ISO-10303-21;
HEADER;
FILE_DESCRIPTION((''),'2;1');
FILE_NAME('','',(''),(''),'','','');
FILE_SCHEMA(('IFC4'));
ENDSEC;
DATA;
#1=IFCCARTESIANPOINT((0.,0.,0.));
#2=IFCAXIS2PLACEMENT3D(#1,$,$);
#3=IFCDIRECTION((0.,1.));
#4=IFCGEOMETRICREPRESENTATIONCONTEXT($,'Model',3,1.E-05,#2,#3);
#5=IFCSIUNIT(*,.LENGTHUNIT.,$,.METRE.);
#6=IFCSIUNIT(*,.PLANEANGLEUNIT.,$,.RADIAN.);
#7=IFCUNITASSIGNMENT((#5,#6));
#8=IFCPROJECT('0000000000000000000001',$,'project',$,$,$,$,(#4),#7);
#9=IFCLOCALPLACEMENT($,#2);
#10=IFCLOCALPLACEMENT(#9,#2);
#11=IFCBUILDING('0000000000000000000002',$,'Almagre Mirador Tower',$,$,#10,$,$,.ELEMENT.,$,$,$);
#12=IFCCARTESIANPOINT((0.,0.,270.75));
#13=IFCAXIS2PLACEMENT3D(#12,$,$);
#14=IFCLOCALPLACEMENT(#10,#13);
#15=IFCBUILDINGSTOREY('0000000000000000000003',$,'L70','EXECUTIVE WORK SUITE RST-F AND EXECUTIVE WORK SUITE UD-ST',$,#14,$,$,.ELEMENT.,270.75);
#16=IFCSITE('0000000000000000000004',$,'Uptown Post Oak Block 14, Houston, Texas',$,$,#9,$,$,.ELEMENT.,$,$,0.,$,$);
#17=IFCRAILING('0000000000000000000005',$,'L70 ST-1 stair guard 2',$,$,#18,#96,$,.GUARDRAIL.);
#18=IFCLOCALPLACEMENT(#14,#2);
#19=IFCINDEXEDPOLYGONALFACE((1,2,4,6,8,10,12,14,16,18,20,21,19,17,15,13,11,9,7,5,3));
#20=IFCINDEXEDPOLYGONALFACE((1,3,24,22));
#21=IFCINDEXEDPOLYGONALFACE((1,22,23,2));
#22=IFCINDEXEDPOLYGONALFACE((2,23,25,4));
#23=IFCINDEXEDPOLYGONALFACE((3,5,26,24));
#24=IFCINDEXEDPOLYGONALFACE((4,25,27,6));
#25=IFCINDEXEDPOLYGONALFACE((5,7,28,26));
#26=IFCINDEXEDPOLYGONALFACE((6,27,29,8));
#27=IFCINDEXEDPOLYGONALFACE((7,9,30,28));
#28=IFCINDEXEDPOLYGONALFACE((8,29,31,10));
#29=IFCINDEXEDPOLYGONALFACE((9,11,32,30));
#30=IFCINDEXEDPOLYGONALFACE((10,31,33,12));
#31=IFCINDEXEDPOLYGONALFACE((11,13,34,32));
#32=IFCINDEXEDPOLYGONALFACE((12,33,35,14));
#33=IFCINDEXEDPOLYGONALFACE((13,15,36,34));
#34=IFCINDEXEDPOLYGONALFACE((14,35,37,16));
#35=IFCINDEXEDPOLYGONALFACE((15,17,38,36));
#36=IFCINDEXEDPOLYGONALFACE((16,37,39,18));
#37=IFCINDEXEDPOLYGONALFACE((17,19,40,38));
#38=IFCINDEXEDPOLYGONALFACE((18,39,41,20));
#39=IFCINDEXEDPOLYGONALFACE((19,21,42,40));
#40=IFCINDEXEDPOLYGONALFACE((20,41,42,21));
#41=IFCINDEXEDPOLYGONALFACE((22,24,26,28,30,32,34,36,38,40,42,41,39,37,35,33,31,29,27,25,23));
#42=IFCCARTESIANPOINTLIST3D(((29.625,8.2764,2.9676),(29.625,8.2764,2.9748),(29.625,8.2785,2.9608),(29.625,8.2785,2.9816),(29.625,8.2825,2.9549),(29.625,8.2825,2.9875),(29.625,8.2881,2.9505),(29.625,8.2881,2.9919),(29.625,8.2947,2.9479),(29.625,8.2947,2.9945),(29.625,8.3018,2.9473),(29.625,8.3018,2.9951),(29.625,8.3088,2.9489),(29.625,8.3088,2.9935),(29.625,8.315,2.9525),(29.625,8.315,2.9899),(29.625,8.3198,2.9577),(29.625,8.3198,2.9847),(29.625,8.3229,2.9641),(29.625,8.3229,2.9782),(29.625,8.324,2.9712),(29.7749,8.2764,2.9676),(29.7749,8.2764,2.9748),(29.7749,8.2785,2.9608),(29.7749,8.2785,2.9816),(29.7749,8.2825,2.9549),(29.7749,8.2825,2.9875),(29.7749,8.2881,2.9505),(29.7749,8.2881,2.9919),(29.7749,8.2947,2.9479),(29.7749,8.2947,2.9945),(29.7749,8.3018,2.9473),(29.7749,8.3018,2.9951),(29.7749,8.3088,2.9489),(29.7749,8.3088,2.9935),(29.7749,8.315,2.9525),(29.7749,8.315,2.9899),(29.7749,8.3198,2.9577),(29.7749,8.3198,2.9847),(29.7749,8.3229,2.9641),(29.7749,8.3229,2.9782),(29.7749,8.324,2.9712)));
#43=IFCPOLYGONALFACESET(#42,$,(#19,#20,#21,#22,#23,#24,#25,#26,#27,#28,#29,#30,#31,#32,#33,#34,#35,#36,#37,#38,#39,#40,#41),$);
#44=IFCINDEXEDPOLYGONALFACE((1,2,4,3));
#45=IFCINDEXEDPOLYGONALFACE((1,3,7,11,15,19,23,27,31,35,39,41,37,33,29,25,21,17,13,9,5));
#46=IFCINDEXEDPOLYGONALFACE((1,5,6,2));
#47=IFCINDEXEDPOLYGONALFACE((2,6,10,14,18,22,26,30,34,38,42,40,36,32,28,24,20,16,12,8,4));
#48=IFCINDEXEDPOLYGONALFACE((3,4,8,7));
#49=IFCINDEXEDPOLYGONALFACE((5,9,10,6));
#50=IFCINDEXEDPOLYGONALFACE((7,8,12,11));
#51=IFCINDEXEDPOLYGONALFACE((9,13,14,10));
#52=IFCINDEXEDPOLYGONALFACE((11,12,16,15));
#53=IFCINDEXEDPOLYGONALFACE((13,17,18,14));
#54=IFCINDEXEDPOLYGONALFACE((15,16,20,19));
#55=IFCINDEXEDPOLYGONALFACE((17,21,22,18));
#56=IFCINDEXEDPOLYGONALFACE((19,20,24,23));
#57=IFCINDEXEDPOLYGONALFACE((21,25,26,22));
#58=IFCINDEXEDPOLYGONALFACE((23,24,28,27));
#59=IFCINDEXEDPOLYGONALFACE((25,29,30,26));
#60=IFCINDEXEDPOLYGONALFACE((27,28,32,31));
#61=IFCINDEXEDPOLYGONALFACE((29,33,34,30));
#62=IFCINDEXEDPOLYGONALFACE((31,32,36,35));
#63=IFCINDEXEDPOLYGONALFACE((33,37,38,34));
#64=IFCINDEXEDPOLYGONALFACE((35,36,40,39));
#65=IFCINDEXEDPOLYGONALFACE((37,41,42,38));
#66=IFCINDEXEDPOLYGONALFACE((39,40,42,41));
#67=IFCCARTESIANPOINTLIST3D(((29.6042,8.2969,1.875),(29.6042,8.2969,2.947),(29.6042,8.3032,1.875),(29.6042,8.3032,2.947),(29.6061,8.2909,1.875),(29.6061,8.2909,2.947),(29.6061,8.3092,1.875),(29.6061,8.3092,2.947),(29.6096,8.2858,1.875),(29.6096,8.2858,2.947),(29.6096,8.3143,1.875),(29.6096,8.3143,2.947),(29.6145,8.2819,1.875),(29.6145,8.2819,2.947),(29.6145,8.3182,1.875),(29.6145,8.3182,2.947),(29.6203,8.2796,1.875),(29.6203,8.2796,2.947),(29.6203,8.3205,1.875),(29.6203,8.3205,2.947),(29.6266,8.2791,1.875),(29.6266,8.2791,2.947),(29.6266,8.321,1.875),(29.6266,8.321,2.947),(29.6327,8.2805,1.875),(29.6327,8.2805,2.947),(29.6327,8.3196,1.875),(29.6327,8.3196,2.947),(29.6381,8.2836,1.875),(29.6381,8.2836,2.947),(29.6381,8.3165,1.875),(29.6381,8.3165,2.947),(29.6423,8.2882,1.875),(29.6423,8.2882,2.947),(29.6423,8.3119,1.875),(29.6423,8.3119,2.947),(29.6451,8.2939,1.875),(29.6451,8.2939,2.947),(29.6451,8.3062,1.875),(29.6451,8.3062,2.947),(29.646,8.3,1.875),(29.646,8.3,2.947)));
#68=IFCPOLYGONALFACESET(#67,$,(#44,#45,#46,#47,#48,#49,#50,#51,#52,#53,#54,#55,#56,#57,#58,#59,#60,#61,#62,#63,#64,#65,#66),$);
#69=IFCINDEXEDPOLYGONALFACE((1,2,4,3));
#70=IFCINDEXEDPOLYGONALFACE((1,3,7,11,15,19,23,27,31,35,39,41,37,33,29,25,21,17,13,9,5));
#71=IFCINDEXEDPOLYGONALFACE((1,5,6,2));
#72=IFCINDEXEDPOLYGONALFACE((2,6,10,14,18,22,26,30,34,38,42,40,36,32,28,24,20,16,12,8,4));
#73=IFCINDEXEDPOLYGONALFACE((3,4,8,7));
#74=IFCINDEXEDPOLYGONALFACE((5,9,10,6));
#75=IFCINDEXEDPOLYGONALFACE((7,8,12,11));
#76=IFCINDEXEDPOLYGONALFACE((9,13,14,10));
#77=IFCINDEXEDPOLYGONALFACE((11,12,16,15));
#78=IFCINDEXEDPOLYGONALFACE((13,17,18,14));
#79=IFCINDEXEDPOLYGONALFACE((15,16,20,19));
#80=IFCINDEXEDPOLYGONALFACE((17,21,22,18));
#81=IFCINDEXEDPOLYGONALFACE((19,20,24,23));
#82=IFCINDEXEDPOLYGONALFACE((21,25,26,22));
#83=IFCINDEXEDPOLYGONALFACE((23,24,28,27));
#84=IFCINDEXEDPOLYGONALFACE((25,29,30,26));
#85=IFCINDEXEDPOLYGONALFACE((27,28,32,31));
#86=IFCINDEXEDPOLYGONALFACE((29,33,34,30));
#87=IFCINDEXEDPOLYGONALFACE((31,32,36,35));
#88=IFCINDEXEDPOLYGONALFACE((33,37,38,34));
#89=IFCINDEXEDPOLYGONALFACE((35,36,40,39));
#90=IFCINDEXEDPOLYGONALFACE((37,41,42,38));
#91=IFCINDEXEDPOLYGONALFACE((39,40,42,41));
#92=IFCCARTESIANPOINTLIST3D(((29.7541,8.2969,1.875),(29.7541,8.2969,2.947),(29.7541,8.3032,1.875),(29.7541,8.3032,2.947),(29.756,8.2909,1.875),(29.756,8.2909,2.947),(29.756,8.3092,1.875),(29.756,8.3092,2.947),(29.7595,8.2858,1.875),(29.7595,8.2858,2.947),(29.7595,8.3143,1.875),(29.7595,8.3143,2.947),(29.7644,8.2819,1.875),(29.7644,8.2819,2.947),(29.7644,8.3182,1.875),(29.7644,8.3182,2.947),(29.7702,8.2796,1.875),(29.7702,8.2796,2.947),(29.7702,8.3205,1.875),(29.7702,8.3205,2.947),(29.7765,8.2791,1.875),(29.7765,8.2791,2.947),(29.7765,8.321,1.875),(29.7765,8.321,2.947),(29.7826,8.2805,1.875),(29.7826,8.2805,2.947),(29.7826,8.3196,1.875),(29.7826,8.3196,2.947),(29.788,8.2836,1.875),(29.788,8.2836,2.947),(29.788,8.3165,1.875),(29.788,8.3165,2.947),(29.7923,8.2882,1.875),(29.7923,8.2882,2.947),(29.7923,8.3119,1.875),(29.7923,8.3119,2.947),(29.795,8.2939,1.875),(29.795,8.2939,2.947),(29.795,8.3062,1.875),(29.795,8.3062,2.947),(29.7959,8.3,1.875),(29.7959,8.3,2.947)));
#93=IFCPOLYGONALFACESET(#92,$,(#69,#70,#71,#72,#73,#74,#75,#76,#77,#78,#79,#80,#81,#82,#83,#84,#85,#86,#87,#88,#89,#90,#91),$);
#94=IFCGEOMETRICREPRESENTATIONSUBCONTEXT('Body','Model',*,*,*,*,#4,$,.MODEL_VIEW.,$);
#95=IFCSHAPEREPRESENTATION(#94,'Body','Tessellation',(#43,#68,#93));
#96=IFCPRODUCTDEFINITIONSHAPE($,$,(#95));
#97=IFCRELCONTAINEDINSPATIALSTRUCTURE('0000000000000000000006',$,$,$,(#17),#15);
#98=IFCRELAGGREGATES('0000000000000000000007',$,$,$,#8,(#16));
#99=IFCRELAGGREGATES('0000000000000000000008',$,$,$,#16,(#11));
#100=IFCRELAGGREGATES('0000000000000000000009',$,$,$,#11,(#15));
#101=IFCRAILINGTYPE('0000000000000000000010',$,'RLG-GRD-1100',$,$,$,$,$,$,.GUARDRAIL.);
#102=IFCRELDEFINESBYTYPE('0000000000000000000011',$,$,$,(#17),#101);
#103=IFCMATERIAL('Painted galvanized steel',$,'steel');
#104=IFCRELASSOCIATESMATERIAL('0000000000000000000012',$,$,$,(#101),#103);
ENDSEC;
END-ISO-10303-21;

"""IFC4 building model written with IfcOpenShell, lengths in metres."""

from ifc_helpers import new_model, si_unit, direction, frame, origin, origin_2d, place, context, subcontext, project, spatial, circle, extrude, material, type_object, element, save


model = new_model("IFC4")

# Units and contexts
model_context = context("Model", 3, precision=1e-05, world=origin(), true_north=direction((0.0, 1.0)))
body_context = subcontext(model_context, "Body", "Model", "MODEL_VIEW")
ifc_project = project(units=[si_unit("LENGTHUNIT", "METRE"), si_unit("PLANEANGLEUNIT", "RADIAN")], contexts=[model_context])

# Site, building, storey
site_placement = place(None, origin())
site = spatial("IfcSite", under=ifc_project, at=site_placement, Name="Uptown Post Oak Block 14, Houston, Texas", CompositionType="ELEMENT", RefElevation=0.0)
building_placement = place(site_placement, origin())
building = spatial("IfcBuilding", under=site, at=building_placement, Name="Almagre Mirador Tower", CompositionType="ELEMENT")
storey_placement = place(building_placement, frame((0.0, 0.0, 270.75)))
storey = spatial("IfcBuildingStorey", under=building, at=storey_placement, Name="L70", Description="EXECUTIVE WORK SUITE RST-F AND EXECUTIVE WORK SUITE UD-ST", CompositionType="ELEMENT", Elevation=270.75)

# Railing
ifc_material_1 = material(Name="Painted galvanized steel", Category="steel")
railing_type_1 = type_object("IfcRailingType", Name="RLG-GRD-1100", PredefinedType="GUARDRAIL", material=ifc_material_1)
railing_1_placement = place(storey_placement, frame((29.625, 8.3, 1.875)))
element("IfcRailing", 1, at=railing_1_placement, inside=storey, type_object=railing_type_1, Name="L70 ST-1 stair guard 2", PredefinedType="GUARDRAIL", context=body_context, shape_type="SweptSolid", body=[
    extrude(circle(Radius=0.0239, at=origin_2d()), frame((0.0, 0.0, 1.0962), z_axis=(1.0, 0.0, 0.0), x_axis=(0.0, 1.0, 0.0)), (0.0, 0.0, 1.0), 0.1499),
    extrude(circle(Radius=0.021, at=origin_2d()), origin(), (0.0, 0.0, 1.0), 1.072),
    extrude(circle(Radius=0.021, at=origin_2d()), frame((0.1499, 0.0, 0.0)), (0.0, 0.0, 1.0), 1.072),
])

save(model, "model.ifc")
